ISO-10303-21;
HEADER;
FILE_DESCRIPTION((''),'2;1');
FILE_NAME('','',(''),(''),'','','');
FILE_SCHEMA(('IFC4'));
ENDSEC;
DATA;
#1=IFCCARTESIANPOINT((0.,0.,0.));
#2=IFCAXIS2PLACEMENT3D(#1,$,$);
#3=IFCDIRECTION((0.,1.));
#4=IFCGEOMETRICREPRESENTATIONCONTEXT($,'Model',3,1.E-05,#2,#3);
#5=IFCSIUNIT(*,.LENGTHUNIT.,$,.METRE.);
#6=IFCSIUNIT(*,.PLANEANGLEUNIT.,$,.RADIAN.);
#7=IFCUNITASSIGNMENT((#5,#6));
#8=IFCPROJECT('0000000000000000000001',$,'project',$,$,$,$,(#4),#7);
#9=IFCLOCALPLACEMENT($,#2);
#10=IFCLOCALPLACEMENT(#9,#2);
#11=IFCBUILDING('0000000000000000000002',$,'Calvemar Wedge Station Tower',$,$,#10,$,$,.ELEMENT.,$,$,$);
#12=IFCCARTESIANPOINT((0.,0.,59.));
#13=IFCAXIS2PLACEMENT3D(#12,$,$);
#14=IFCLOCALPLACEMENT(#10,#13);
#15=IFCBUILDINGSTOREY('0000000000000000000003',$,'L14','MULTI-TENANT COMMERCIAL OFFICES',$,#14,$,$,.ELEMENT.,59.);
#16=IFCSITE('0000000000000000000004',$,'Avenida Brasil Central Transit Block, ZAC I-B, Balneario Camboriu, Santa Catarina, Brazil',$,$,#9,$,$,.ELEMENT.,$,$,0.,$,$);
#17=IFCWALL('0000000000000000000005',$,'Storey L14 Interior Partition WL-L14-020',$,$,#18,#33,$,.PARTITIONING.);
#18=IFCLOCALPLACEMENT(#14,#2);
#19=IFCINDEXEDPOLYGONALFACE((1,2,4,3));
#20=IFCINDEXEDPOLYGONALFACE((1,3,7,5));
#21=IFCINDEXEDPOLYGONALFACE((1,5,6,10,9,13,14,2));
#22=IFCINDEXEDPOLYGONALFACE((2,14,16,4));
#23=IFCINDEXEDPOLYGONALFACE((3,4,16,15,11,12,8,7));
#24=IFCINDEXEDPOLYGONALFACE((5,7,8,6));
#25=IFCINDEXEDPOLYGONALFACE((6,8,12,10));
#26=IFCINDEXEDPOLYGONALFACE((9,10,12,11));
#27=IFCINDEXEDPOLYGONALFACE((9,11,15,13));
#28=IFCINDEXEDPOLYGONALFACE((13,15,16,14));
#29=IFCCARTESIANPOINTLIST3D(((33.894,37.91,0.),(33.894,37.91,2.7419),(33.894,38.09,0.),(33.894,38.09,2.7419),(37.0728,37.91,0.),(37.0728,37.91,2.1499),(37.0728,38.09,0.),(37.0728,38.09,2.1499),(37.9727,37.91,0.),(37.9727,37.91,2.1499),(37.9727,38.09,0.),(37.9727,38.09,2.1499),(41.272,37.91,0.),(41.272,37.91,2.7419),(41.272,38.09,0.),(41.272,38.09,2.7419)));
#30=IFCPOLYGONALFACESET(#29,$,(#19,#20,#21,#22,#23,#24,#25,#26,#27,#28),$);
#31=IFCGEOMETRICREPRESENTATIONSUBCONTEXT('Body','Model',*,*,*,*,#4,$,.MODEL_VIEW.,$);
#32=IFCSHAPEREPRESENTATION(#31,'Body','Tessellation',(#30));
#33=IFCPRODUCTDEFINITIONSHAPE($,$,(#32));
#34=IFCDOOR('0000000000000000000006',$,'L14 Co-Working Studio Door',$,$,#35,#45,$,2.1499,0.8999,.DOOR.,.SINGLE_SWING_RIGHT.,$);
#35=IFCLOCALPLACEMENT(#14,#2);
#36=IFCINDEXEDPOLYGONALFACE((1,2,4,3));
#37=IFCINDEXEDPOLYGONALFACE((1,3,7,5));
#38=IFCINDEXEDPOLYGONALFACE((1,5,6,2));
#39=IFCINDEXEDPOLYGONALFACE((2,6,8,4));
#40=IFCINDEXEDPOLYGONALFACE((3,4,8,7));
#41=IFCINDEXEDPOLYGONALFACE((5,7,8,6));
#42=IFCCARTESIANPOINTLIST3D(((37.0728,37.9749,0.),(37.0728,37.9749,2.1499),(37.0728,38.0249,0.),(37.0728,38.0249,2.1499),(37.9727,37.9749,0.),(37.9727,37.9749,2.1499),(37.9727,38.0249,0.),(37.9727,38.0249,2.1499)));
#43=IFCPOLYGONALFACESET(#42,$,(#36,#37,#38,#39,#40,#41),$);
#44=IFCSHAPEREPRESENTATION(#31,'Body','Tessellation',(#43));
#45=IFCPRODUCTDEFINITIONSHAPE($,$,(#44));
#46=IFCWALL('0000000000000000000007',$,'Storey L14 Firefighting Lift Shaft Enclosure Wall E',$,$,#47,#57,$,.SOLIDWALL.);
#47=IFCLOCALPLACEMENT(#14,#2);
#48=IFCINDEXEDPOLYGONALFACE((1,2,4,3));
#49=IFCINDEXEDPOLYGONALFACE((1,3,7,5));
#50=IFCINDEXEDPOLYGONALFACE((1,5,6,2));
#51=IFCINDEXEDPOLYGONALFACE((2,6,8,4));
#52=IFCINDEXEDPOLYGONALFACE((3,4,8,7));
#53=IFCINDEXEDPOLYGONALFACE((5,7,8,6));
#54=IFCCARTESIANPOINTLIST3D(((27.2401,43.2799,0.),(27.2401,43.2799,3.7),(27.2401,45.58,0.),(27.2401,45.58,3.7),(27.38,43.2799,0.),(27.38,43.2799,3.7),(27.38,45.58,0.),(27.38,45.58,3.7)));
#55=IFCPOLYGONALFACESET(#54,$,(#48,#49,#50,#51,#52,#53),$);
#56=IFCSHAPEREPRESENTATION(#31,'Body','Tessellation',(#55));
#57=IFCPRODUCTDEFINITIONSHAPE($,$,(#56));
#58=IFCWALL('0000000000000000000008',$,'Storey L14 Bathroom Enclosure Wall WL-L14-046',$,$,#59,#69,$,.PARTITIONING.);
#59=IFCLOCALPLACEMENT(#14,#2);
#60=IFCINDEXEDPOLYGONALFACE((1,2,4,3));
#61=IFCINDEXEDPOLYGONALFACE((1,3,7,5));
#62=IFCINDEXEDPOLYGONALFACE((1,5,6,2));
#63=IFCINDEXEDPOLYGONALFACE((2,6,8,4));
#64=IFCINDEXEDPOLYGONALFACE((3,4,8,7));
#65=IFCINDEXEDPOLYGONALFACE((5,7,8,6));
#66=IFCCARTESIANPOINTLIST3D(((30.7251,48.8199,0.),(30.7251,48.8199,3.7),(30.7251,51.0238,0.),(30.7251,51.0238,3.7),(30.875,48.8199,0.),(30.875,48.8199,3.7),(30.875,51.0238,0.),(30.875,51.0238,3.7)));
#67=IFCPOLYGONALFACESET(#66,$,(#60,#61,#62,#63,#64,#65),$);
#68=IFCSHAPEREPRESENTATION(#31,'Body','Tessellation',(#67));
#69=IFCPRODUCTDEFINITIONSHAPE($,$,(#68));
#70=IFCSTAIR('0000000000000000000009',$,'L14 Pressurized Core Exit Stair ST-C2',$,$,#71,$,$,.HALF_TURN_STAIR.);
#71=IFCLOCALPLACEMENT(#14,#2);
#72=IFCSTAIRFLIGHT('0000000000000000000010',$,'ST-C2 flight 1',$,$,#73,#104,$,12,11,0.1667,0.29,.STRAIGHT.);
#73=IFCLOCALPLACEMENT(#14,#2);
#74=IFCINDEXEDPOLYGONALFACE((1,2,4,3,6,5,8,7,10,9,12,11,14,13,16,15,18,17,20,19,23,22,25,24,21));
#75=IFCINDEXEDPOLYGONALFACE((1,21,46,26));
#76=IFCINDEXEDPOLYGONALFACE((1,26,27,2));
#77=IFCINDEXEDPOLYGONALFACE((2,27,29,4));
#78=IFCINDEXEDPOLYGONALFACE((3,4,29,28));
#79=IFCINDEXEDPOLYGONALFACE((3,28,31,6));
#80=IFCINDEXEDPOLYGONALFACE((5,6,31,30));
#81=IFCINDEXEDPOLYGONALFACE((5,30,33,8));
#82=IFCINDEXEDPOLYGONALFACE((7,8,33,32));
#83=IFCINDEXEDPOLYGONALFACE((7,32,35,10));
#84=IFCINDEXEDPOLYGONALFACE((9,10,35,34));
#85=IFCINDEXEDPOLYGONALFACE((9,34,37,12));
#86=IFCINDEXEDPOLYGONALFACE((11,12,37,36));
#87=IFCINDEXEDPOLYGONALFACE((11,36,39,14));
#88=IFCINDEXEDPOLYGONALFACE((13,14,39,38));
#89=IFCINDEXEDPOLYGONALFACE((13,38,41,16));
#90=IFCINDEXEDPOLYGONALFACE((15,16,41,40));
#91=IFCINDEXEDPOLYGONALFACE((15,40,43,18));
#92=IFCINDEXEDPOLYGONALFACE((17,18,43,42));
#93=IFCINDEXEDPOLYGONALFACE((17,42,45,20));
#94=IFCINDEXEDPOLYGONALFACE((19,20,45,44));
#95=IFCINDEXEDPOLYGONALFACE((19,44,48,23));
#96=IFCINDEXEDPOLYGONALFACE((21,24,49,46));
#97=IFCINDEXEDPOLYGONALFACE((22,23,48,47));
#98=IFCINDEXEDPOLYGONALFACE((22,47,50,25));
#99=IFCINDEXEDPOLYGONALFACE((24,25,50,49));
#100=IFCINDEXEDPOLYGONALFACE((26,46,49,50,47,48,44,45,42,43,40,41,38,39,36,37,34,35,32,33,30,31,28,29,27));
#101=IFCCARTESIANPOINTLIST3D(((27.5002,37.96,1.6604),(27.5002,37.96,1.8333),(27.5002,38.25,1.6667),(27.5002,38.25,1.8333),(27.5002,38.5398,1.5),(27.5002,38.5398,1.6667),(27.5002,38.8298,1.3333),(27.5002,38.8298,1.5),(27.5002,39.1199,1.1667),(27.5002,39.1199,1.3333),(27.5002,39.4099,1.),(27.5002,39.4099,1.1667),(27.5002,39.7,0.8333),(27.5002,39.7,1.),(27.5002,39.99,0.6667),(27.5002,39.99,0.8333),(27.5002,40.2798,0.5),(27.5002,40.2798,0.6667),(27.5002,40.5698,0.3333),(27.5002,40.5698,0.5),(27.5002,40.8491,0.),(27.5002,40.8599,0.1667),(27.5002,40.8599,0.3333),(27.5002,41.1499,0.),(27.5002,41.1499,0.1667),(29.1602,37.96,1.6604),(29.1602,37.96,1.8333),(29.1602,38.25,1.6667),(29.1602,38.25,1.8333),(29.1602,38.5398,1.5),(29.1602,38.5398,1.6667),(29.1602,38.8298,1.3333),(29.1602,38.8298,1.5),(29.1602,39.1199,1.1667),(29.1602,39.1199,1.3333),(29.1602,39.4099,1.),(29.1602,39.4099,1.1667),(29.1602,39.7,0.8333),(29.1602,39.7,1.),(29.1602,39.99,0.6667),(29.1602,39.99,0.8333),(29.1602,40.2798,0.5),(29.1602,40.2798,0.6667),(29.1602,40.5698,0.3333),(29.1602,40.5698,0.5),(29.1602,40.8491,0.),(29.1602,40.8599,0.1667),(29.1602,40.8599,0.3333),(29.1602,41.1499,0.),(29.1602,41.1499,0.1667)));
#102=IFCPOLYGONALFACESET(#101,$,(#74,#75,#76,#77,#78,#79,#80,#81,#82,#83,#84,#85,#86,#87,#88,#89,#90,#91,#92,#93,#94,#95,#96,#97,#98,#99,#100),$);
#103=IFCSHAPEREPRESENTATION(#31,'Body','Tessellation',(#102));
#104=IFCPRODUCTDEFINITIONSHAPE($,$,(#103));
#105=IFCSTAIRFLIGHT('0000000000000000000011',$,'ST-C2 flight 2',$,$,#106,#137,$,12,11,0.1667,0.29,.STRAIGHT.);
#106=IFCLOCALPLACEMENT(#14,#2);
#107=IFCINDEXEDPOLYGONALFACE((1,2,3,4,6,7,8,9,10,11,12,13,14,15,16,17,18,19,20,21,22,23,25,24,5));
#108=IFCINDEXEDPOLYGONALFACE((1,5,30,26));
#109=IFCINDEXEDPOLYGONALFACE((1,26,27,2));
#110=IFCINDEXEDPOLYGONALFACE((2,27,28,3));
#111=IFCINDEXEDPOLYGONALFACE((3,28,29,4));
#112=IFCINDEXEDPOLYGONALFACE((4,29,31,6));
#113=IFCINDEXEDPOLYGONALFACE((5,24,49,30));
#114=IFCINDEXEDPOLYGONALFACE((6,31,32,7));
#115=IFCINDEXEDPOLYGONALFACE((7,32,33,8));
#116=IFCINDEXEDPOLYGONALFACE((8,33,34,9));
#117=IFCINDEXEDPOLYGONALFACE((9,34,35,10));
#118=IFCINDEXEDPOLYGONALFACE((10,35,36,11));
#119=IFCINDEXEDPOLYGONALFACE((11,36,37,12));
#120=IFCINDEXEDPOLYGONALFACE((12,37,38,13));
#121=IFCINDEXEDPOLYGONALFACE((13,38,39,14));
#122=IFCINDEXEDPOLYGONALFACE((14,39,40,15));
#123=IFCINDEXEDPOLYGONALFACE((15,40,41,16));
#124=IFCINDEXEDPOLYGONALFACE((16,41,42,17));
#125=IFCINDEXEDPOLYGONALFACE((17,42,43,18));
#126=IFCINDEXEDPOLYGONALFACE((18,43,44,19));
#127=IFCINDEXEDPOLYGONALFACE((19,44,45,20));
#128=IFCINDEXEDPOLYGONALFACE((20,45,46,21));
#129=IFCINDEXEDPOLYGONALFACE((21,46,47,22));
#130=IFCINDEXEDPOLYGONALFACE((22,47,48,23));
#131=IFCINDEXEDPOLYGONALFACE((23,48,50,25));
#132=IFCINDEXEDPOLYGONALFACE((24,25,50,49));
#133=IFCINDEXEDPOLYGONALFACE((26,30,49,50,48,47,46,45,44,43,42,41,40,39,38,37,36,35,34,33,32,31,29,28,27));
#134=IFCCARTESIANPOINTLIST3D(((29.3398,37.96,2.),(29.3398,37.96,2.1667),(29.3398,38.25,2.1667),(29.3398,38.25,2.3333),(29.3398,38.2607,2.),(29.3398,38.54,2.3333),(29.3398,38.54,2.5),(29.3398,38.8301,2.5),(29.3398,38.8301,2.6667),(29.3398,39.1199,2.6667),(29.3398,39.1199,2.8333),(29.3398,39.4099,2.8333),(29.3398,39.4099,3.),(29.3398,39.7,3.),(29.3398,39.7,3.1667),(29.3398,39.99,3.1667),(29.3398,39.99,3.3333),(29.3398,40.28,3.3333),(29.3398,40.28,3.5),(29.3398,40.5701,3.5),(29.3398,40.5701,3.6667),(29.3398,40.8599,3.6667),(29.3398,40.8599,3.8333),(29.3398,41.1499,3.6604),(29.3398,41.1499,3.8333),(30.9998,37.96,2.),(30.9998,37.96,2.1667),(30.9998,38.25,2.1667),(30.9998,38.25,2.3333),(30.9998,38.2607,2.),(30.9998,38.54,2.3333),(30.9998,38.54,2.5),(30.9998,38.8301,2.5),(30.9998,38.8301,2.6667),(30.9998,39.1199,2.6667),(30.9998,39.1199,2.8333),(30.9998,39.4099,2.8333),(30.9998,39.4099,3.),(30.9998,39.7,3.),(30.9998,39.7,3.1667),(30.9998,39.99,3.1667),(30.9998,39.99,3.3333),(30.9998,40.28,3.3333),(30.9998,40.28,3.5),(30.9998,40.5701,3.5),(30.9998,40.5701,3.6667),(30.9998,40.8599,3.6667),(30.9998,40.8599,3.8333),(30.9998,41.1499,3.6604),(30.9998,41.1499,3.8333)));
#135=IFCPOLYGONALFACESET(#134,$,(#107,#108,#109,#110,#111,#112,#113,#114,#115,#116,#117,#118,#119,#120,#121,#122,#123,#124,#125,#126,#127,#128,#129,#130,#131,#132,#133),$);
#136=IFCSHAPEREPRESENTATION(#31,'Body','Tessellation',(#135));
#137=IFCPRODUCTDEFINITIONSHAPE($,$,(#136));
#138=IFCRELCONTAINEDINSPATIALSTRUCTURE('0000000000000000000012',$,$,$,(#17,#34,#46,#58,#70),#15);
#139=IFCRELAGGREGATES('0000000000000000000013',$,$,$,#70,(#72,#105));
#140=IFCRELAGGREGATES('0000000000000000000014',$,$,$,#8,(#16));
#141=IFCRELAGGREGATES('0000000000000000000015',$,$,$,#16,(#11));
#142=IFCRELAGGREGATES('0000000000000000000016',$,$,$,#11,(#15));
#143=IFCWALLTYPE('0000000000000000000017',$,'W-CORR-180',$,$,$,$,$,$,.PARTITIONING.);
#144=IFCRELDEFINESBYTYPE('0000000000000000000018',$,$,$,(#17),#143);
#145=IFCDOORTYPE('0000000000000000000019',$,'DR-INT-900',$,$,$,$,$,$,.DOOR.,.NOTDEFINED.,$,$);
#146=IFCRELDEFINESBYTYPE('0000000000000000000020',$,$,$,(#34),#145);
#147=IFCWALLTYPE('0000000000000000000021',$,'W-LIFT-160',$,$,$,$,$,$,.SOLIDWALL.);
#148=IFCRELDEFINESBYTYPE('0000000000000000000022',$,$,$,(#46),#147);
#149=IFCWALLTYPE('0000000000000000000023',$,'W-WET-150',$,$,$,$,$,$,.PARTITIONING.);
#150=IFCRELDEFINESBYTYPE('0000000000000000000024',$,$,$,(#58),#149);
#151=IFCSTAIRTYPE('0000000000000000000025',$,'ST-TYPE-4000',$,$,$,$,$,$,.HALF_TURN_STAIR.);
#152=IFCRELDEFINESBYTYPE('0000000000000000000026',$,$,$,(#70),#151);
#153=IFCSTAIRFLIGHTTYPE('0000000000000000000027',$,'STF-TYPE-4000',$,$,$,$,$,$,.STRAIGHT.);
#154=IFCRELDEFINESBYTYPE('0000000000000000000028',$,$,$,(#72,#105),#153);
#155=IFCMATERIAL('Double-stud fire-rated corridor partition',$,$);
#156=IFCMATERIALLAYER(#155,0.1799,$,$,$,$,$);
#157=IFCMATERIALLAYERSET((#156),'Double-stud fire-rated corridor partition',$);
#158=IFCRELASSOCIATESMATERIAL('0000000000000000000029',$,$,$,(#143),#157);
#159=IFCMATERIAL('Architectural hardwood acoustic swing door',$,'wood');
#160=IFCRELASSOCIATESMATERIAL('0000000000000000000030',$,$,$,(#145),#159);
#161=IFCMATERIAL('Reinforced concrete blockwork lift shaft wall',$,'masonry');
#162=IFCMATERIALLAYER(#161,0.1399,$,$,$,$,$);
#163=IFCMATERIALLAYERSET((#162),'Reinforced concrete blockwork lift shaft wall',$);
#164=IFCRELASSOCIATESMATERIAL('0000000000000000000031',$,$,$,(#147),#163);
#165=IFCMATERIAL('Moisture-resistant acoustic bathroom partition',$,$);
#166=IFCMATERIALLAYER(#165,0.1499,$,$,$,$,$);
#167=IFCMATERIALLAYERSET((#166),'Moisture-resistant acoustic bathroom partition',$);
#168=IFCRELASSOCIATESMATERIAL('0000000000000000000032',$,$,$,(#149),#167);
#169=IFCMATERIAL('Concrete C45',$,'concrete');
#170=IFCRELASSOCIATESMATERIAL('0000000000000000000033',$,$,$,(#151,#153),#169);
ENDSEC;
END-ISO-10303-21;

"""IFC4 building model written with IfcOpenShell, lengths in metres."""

from ifc_helpers import new_model, si_unit, direction, frame, frame_2d, origin, place, context, subcontext, project, spatial, polyline, rectangle, outline, extrude, source, transform, mapped, material, layer, layer_set, type_object, element, fill, aggregate, save


model = new_model("IFC4")

# Units and contexts
model_context = context("Model", 3, precision=1e-05, world=origin(), true_north=direction((0.0, 1.0)))
body_context = subcontext(model_context, "Body", "Model", "MODEL_VIEW")
ifc_project = project(units=[si_unit("LENGTHUNIT", "METRE"), si_unit("PLANEANGLEUNIT", "RADIAN")], contexts=[model_context])

# Site, building, storey
site_placement = place(None, origin())
site = spatial("IfcSite", under=ifc_project, at=site_placement, Name="Avenida Brasil Central Transit Block, ZAC I-B, Balneario Camboriu, Santa Catarina, Brazil", CompositionType="ELEMENT", RefElevation=0.0)
building_placement = place(site_placement, origin())
building = spatial("IfcBuilding", under=site, at=building_placement, Name="Calvemar Wedge Station Tower", CompositionType="ELEMENT")
storey_placement = place(building_placement, frame((0.0, 0.0, 59.0)))
storey = spatial("IfcBuildingStorey", under=building, at=storey_placement, Name="L14", Description="MULTI-TENANT COMMERCIAL OFFICES", CompositionType="ELEMENT", Elevation=59.0)

# Shared definitions
ifc_material_1 = material(Name="Double-stud fire-rated corridor partition")
ifc_layer_1 = layer(ifc_material_1, 0.1799)
ifc_layer_set_1 = layer_set([ifc_layer_1], Name="Double-stud fire-rated corridor partition")
wall_type_1 = type_object("IfcWallType", Name="W-CORR-180", PredefinedType="PARTITIONING", material=ifc_layer_set_1)
shared_shape_1 = source(origin(), body_context, "Body", "SweptSolid", [
    extrude(rectangle(XDim=0.8999, YDim=2.1499, at=frame_2d((0.45, 1.075))), frame((0.0, 0.1001, 0.0), z_axis=(0.0, -1.0, 0.0), x_axis=(1.0, 0.0, 0.0)), (0.0, 0.0, 1.0), 0.2),
])

# Wall, opening, door
wall_1_placement = place(storey_placement, frame((33.894, 38.0, 0.0), z_axis=(0.0, 0.0, 1.0), x_axis=(1.0, 0.0, 0.0)))
wall_1 = element("IfcWall", 1, at=wall_1_placement, inside=storey, type_object=wall_type_1, Name="Storey L14 Interior Partition WL-L14-020", PredefinedType="PARTITIONING", context=body_context, shape_type="SweptSolid", body=[
    extrude(rectangle(XDim=7.3779, YDim=0.1799, at=frame_2d((3.689, 0.0))), origin(), (0.0, 0.0, 1.0), 2.7419),
])
opening_1_placement = place(wall_1_placement, frame((3.1787, 0.0, 0.0)))
opening_1 = element("IfcOpeningElement", 2, at=opening_1_placement, cuts=wall_1, PredefinedType="OPENING", context=body_context, shape_type="MappedRepresentation", body=[
    mapped(shared_shape_1, transform((0.0, 0.0, 0.0), scale=1.0)),
])
ifc_material_2 = material(Name="Architectural hardwood acoustic swing door", Category="wood")
door_type_1 = type_object("IfcDoorType", Name="DR-INT-900", OperationType="NOTDEFINED", PredefinedType="DOOR", material=ifc_material_2)
shared_shape_2 = source(origin(), body_context, "Body", "SweptSolid", [
    extrude(rectangle(XDim=0.8999, YDim=2.1499, at=frame_2d((0.45, 1.075))), frame((0.0, 0.0249, 0.0), z_axis=(0.0, -1.0, 0.0), x_axis=(1.0, 0.0, 0.0)), (0.0, 0.0, 1.0), 0.05),
])
door_1_placement = place(opening_1_placement, origin())
door_1 = element("IfcDoor", 3, at=door_1_placement, inside=storey, type_object=door_type_1, Name="L14 Co-Working Studio Door", OperationType="SINGLE_SWING_RIGHT", OverallHeight=2.1499, OverallWidth=0.8999, PredefinedType="DOOR", context=body_context, shape_type="MappedRepresentation", body=[
    mapped(shared_shape_2, transform((0.0, 0.0, 0.0), scale=1.0)),
])
fill(opening_1, door_1)

# Walls
ifc_material_3 = material(Name="Reinforced concrete blockwork lift shaft wall", Category="masonry")
ifc_layer_2 = layer(ifc_material_3, 0.1399)
ifc_layer_set_2 = layer_set([ifc_layer_2], Name="Reinforced concrete blockwork lift shaft wall")
wall_type_2 = type_object("IfcWallType", Name="W-LIFT-160", PredefinedType="SOLIDWALL", material=ifc_layer_set_2)
wall_2_placement = place(storey_placement, frame((27.3101, 43.28, 0.0), z_axis=(0.0, 0.0, 1.0), x_axis=(0.0, 1.0, 0.0)))
element("IfcWall", 4, at=wall_2_placement, inside=storey, type_object=wall_type_2, Name="Storey L14 Firefighting Lift Shaft Enclosure Wall E", PredefinedType="SOLIDWALL", context=body_context, shape_type="SweptSolid", body=[
    extrude(rectangle(XDim=2.3, YDim=0.1399, at=frame_2d((1.1499, 0.0))), origin(), (0.0, 0.0, 1.0), 3.7),
])
ifc_material_4 = material(Name="Moisture-resistant acoustic bathroom partition")
ifc_layer_3 = layer(ifc_material_4, 0.1499)
ifc_layer_set_3 = layer_set([ifc_layer_3], Name="Moisture-resistant acoustic bathroom partition")
wall_type_3 = type_object("IfcWallType", Name="W-WET-150", PredefinedType="PARTITIONING", material=ifc_layer_set_3)
wall_3_placement = place(storey_placement, frame((30.8, 51.0239, 0.0), z_axis=(0.0, 0.0, 1.0), x_axis=(0.0, -1.0, 0.0)))
element("IfcWall", 5, at=wall_3_placement, inside=storey, type_object=wall_type_3, Name="Storey L14 Bathroom Enclosure Wall WL-L14-046", PredefinedType="PARTITIONING", context=body_context, shape_type="SweptSolid", body=[
    extrude(rectangle(XDim=2.2039, YDim=0.1499, at=frame_2d((1.1021, 0.0))), origin(), (0.0, 0.0, 1.0), 3.7),
])

# Stair, stair flights
ifc_material_5 = material(Name="Concrete C45", Category="concrete")
stair_type = type_object("IfcStairType", Name="ST-TYPE-4000", PredefinedType="HALF_TURN_STAIR", material=ifc_material_5)
stair_placement = place(storey_placement, origin())
stair = element("IfcStair", 6, at=stair_placement, inside=storey, type_object=stair_type, Name="L14 Pressurized Core Exit Stair ST-C2", PredefinedType="HALF_TURN_STAIR")
stair_flight_type = type_object("IfcStairFlightType", Name="STF-TYPE-4000", PredefinedType="STRAIGHT", material=ifc_material_5)
stair_flight_1_placement = place(storey_placement, frame((28.3301, 41.1499, 0.0), z_axis=(0.0, 0.0, 1.0), x_axis=(0.0, -1.0, 0.0)))
stair_flight_1 = element("IfcStairFlight", 7, at=stair_flight_1_placement, type_object=stair_flight_type, Name="ST-C2 flight 1", NumberOfRisers=12, NumberOfTreads=11, PredefinedType="STRAIGHT", RiserHeight=0.1667, TreadLength=0.29, context=body_context, shape_type="SweptSolid", body=[
    extrude(outline(polyline([(0.0, 0.0), (0.0, 0.1667), (0.29, 0.1667), (0.29, 0.3333), (0.5801, 0.3333), (0.5801, 0.5), (0.8701, 0.5), (0.8701, 0.6667), (1.1599, 0.6667), (1.1599, 0.8333), (1.45, 0.8333), (1.45, 1.0), (1.74, 1.0), (1.74, 1.1667), (2.03, 1.1667), (2.03, 1.3333), (2.3201, 1.3333), (2.3201, 1.5), (2.6101, 1.5), (2.6101, 1.6667), (2.8999, 1.6667), (2.8999, 1.8333), (3.1899, 1.8333), (3.1899, 2.0), (3.1899, 1.6604), (0.3008, 0.0), (0.0, 0.0)])), frame((0.0, 0.8301, 0.0), z_axis=(0.0, -1.0, 0.0), x_axis=(1.0, 0.0, 0.0)), (0.0, 0.0, 1.0), 1.6599),
])
stair_flight_2_placement = place(storey_placement, frame((30.1699, 37.96, 2.0), z_axis=(0.0, 0.0, 1.0), x_axis=(0.0, 1.0, 0.0)))
stair_flight_2 = element("IfcStairFlight", 8, at=stair_flight_2_placement, type_object=stair_flight_type, Name="ST-C2 flight 2", NumberOfRisers=12, NumberOfTreads=11, PredefinedType="STRAIGHT", RiserHeight=0.1667, TreadLength=0.29, context=body_context, shape_type="SweptSolid", body=[
    extrude(outline(polyline([(0.0, 0.0), (0.0, 0.1667), (0.29, 0.1667), (0.29, 0.3333), (0.5801, 0.3333), (0.5801, 0.5), (0.8701, 0.5), (0.8701, 0.6667), (1.1599, 0.6667), (1.1599, 0.8333), (1.45, 0.8333), (1.45, 1.0), (1.74, 1.0), (1.74, 1.1667), (2.03, 1.1667), (2.03, 1.3333), (2.3201, 1.3333), (2.3201, 1.5), (2.6101, 1.5), (2.6101, 1.6667), (2.8999, 1.6667), (2.8999, 1.8333), (3.1899, 1.8333), (3.1899, 2.0), (3.1899, 1.6604), (0.3008, 0.0), (0.0, 0.0)])), frame((0.0, 0.8301, 0.0), z_axis=(0.0, -1.0, 0.0), x_axis=(1.0, 0.0, 0.0)), (0.0, 0.0, 1.0), 1.6599),
])
aggregate(stair, [stair_flight_1, stair_flight_2])

save(model, "model.ifc")
